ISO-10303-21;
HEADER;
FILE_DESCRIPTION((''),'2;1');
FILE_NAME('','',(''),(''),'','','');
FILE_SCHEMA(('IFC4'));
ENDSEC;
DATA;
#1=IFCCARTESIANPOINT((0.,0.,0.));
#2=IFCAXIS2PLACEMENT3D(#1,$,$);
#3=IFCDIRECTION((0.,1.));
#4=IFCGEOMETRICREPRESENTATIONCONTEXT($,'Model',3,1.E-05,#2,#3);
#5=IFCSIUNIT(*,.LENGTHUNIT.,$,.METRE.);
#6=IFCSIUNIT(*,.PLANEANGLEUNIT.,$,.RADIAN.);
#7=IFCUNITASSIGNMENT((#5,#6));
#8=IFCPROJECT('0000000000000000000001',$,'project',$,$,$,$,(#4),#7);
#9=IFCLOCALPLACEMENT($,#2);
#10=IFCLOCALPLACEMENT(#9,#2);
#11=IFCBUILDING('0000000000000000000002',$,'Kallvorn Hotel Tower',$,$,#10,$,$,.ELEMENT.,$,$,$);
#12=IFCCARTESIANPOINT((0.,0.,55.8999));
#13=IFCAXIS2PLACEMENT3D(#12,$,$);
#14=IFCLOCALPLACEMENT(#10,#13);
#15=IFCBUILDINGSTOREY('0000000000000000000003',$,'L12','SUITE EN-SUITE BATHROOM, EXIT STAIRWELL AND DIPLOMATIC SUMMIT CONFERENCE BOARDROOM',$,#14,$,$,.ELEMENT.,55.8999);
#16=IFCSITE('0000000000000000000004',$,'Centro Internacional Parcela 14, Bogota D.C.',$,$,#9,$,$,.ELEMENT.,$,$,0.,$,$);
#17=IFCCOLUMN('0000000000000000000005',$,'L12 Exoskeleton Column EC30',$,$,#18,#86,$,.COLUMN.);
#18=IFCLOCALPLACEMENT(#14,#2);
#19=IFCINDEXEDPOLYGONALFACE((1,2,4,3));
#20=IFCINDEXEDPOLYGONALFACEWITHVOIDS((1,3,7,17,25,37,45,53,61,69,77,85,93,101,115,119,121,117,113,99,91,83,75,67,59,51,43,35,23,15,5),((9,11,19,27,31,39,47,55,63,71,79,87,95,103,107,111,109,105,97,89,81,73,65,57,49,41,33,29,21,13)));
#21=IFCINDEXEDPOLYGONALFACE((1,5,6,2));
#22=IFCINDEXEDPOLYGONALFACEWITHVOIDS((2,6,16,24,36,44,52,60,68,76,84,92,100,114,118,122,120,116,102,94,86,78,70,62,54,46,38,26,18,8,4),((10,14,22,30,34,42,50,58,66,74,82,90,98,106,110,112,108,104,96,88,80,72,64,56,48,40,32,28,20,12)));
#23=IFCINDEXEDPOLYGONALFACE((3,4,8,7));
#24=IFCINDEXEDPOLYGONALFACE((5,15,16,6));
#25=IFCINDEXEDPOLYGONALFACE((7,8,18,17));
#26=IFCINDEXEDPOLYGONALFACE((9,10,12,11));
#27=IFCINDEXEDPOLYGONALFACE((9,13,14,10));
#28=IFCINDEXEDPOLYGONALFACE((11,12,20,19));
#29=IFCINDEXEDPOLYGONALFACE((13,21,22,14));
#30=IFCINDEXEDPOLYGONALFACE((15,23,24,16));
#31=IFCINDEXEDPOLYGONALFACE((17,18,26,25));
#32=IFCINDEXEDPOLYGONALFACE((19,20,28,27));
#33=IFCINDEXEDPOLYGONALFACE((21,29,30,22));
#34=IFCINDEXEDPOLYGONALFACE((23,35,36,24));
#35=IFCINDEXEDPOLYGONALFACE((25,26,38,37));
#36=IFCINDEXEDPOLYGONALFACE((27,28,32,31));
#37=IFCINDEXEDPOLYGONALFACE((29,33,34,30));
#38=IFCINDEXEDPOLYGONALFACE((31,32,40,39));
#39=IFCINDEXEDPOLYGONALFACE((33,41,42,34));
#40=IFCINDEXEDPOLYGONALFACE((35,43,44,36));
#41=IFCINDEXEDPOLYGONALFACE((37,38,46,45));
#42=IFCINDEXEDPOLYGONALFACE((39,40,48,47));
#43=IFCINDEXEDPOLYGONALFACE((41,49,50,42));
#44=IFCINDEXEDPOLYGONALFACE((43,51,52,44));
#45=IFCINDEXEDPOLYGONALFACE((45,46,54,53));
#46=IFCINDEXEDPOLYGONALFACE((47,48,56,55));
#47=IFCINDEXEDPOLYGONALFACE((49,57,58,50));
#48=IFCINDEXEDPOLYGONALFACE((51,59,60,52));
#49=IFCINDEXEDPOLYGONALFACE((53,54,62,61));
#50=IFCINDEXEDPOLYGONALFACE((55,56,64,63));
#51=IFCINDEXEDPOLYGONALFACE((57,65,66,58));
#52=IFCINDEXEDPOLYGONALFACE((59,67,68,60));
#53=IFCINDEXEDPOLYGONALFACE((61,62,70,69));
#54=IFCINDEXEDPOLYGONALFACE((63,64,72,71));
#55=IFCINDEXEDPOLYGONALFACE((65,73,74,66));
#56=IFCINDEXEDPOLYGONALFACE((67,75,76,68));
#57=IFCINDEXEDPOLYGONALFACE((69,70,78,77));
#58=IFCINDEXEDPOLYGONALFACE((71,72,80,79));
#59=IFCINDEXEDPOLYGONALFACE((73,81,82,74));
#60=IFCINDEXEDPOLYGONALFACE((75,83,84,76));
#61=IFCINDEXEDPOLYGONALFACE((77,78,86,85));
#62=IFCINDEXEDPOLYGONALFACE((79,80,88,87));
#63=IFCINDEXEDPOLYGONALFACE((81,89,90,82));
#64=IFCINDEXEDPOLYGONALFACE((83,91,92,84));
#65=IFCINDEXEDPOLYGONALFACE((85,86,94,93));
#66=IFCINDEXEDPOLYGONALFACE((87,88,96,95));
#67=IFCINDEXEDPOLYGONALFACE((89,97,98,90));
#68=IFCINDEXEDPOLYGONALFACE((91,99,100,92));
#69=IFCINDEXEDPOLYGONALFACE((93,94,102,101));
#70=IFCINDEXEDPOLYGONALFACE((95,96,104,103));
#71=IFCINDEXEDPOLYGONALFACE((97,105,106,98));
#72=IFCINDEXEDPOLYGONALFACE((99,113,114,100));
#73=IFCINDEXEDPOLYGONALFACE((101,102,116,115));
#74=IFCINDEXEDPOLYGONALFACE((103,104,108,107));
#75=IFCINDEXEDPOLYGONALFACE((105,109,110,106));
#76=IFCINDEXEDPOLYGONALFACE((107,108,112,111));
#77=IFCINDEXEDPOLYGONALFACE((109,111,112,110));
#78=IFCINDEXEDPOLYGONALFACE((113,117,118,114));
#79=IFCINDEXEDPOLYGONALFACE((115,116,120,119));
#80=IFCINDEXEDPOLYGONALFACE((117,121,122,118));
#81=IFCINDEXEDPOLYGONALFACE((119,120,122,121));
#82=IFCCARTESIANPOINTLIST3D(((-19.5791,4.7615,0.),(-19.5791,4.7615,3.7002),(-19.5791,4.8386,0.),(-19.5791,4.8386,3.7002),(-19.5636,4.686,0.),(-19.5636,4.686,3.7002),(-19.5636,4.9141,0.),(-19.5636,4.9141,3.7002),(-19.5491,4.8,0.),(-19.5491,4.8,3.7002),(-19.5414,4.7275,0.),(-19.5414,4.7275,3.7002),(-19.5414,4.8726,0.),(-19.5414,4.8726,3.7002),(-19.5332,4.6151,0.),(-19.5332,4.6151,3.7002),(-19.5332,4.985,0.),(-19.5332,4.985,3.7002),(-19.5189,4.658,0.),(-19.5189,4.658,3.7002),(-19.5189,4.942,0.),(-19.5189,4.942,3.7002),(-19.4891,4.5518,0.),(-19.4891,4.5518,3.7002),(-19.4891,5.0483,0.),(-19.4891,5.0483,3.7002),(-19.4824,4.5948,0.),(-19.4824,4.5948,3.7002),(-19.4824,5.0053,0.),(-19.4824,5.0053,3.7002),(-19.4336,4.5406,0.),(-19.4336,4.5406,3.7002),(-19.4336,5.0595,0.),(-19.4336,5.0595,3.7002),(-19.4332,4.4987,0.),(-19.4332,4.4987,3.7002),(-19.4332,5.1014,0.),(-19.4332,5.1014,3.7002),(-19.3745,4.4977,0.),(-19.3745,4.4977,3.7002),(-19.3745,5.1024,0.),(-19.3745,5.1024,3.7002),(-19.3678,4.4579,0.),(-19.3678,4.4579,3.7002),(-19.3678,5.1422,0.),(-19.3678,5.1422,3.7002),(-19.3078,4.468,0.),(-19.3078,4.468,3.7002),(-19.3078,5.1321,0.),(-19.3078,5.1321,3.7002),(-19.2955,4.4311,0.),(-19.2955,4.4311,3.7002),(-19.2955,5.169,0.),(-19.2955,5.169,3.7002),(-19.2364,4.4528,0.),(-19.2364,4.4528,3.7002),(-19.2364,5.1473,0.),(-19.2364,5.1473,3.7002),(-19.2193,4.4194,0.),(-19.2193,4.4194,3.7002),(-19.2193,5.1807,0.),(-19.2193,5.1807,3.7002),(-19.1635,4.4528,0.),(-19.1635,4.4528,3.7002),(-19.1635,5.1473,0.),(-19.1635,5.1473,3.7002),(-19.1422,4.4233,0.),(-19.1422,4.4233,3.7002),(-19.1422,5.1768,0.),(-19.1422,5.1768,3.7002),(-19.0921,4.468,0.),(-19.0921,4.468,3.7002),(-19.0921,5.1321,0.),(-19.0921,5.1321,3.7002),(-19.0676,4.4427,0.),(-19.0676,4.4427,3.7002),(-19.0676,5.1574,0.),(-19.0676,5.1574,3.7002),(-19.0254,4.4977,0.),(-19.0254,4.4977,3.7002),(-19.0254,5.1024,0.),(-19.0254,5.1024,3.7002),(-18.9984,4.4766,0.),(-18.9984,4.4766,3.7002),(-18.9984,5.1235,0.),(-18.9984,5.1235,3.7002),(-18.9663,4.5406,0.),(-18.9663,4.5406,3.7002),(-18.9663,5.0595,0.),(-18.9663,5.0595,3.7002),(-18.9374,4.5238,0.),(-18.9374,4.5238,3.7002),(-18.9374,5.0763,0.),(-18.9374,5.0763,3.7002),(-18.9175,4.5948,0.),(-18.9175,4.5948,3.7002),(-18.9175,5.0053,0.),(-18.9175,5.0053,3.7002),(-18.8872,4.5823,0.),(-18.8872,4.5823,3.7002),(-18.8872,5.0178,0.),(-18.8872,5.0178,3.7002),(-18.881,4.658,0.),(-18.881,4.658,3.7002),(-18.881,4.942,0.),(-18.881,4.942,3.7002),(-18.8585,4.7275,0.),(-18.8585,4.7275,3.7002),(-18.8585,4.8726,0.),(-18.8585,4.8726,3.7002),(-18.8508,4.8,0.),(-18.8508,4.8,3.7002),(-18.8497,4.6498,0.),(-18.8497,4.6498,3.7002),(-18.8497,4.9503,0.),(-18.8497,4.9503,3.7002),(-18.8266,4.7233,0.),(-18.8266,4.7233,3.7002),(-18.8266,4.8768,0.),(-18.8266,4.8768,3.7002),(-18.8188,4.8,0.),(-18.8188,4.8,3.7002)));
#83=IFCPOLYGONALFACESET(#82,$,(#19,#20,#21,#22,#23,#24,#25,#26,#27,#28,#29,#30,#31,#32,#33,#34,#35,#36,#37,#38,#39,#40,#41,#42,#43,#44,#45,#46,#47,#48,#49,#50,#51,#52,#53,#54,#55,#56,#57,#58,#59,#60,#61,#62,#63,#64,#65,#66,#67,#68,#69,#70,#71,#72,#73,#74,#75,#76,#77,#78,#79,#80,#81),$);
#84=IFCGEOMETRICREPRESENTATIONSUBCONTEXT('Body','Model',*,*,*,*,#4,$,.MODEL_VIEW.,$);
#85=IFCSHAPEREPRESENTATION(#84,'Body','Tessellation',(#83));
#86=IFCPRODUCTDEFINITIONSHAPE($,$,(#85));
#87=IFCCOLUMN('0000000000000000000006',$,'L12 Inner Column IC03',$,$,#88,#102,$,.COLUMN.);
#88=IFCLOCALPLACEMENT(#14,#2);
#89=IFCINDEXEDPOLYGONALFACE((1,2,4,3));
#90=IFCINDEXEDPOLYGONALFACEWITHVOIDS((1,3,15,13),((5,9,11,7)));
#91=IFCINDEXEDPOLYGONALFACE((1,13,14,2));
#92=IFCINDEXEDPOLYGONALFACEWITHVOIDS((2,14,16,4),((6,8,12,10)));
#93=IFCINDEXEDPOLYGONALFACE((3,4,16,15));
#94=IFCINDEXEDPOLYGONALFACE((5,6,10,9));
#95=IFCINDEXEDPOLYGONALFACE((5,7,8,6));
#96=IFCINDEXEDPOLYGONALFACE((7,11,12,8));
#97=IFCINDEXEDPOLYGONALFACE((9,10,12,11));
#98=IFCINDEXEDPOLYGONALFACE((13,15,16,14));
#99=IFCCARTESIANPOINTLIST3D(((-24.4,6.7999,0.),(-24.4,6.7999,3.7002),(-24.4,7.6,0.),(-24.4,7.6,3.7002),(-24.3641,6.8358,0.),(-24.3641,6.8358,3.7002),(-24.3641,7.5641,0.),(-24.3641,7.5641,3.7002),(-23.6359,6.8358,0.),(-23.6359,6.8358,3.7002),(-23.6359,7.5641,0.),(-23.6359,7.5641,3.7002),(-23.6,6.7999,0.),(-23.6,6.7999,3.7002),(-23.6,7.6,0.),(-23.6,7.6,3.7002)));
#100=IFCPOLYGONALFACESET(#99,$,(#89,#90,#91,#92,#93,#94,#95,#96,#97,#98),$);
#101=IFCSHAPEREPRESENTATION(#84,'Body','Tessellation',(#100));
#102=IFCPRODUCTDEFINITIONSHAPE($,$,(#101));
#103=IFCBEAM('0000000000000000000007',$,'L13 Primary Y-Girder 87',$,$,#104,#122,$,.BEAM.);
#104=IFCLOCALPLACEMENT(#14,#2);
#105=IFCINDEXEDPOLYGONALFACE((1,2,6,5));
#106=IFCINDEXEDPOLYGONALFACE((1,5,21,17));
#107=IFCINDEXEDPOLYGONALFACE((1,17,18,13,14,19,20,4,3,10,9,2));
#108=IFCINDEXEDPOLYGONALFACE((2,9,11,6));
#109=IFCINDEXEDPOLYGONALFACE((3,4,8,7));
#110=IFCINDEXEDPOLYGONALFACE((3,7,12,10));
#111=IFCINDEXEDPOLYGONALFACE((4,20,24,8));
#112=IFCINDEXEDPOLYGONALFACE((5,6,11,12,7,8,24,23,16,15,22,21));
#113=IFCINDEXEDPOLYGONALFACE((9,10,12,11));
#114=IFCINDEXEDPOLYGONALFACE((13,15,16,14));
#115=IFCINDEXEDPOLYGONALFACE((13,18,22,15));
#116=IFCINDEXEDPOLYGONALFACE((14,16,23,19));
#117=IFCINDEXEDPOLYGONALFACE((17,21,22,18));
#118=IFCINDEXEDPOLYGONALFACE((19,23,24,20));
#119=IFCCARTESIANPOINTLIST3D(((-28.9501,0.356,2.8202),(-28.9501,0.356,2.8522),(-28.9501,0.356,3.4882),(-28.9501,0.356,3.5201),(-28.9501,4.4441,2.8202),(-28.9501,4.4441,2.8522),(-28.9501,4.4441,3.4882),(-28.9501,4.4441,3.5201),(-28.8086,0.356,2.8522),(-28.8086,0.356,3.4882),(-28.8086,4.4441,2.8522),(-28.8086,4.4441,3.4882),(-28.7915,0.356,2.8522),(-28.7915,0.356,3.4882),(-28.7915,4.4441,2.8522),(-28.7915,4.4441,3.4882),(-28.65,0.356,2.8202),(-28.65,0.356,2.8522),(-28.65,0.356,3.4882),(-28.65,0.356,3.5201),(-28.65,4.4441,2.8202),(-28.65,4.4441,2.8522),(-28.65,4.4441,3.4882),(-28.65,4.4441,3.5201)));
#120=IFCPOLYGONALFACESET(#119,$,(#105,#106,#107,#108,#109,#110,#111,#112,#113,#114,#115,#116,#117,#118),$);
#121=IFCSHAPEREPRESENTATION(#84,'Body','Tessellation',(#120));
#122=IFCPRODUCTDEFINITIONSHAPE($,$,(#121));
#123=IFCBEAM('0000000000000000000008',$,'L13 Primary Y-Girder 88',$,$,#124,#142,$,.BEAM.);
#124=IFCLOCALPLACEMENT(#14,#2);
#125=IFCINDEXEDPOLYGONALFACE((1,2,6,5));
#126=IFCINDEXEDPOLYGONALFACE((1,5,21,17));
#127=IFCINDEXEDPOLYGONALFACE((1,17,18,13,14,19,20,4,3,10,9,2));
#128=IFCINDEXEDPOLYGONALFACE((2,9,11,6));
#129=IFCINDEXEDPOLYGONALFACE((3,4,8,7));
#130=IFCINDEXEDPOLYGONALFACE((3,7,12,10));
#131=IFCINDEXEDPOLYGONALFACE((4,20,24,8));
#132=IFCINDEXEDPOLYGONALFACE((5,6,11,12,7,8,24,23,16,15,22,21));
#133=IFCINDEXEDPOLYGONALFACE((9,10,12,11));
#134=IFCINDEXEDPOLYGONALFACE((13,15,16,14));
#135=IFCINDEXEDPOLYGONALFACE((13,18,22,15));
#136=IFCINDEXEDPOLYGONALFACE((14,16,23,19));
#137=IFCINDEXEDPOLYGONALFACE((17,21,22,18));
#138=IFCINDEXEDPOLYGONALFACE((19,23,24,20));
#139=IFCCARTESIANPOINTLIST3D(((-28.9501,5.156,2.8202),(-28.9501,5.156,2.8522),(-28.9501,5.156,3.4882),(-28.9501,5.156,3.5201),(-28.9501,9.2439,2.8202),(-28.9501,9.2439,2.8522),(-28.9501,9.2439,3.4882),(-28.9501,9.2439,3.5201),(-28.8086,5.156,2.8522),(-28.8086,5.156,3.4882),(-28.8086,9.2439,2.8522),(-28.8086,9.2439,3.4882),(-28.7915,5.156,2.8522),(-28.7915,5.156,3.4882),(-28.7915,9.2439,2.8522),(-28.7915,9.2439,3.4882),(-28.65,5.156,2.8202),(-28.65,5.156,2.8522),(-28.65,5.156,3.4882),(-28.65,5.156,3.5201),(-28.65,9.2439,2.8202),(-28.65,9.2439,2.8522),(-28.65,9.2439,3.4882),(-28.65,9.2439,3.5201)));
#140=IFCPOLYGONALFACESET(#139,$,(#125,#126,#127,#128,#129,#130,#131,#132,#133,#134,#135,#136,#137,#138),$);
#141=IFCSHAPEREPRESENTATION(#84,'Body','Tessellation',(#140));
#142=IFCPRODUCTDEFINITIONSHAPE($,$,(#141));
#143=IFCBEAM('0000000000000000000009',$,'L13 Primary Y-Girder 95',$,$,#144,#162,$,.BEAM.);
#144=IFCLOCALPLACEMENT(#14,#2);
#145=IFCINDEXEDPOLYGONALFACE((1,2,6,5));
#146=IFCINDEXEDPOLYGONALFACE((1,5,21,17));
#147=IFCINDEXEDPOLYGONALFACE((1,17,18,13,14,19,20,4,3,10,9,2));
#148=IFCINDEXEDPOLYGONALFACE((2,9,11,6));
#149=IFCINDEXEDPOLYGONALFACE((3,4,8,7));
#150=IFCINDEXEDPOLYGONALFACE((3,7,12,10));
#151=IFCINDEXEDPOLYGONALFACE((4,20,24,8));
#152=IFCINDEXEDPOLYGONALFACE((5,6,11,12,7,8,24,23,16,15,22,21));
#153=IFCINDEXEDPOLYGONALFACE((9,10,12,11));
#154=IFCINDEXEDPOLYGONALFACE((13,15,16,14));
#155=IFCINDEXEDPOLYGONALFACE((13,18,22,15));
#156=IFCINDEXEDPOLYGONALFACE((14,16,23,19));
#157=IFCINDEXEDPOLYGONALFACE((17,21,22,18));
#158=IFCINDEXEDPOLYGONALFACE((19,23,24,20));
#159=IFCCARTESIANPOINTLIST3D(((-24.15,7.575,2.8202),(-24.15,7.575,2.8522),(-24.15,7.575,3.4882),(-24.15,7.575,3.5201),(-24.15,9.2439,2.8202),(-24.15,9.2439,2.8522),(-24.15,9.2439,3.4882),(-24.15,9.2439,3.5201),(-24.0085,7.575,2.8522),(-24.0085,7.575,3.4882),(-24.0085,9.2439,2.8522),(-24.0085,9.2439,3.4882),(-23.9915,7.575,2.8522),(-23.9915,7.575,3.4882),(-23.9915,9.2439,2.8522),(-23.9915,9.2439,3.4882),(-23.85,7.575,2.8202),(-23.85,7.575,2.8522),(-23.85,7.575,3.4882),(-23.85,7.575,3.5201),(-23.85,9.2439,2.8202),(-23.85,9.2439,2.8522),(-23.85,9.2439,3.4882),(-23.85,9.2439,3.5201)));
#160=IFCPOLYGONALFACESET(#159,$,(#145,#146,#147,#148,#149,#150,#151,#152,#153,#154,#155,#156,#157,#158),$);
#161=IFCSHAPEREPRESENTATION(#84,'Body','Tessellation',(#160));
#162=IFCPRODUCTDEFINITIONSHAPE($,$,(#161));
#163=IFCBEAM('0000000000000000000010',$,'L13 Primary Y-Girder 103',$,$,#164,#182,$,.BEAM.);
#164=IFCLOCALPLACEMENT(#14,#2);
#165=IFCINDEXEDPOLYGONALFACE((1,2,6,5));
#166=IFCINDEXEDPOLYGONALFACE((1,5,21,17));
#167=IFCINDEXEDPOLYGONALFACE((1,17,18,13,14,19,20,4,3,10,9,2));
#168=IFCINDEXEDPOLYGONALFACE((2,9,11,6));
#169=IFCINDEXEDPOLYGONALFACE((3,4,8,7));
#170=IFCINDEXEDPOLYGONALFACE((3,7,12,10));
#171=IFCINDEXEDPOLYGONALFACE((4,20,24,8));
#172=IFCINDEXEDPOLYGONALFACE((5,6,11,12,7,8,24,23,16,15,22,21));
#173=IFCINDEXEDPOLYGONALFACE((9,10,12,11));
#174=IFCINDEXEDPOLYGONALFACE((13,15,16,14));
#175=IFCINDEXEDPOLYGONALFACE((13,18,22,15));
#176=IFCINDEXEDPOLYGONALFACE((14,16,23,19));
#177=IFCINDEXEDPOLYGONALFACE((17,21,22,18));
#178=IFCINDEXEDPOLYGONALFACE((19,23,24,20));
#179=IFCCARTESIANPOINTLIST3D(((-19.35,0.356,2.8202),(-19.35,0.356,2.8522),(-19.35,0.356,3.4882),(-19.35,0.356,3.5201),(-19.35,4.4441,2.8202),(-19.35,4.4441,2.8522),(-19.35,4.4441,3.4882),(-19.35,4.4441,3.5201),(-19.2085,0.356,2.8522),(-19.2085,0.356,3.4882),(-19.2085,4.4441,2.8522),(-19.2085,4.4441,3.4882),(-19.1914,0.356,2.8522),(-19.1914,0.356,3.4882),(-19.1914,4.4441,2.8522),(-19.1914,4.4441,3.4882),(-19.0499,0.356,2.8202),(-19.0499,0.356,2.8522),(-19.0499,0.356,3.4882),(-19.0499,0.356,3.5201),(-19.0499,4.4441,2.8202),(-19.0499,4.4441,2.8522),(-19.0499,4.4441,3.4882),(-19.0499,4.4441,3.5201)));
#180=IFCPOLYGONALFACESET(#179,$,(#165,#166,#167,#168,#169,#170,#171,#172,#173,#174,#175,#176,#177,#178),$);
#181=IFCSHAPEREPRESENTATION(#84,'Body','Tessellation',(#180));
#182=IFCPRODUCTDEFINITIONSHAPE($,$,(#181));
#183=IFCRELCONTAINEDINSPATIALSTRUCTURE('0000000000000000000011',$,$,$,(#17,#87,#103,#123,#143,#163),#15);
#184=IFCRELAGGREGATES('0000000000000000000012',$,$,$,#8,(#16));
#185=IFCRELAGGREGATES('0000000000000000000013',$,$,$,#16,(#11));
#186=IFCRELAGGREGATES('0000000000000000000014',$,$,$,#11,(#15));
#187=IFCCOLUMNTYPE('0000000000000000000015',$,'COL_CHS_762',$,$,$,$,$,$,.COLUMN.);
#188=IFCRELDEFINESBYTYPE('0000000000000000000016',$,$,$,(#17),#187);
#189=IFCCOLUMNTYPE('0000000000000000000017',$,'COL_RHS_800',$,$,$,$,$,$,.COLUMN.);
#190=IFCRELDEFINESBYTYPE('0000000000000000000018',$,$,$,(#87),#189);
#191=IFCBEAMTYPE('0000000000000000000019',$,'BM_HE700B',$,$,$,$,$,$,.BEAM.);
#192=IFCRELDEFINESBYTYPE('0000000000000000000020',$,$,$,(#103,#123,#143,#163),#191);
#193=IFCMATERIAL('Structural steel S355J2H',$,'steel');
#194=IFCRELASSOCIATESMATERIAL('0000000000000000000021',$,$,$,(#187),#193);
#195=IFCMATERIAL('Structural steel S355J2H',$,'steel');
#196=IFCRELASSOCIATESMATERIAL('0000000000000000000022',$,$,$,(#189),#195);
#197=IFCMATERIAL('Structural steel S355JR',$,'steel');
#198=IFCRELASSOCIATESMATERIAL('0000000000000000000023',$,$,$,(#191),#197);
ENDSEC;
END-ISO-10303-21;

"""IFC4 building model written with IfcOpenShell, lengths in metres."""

from ifc_helpers import new_model, si_unit, direction, frame, origin, origin_2d, place, context, subcontext, project, spatial, hollow_rectangle, hollow_circle, i_section, extrude, material, material_profile, profile_set, type_object, element, save


model = new_model("IFC4")

# Units and contexts
model_context = context("Model", 3, precision=1e-05, world=origin(), true_north=direction((0.0, 1.0)))
body_context = subcontext(model_context, "Body", "Model", "MODEL_VIEW")
ifc_project = project(units=[si_unit("LENGTHUNIT", "METRE"), si_unit("PLANEANGLEUNIT", "RADIAN")], contexts=[model_context])

# Site, building, storey
site_placement = place(None, origin())
site = spatial("IfcSite", under=ifc_project, at=site_placement, Name="Centro Internacional Parcela 14, Bogota D.C.", CompositionType="ELEMENT", RefElevation=0.0)
building_placement = place(site_placement, origin())
building = spatial("IfcBuilding", under=site, at=building_placement, Name="Kallvorn Hotel Tower", CompositionType="ELEMENT")
storey_placement = place(building_placement, frame((0.0, 0.0, 55.8999)))
storey = spatial("IfcBuildingStorey", under=building, at=storey_placement, Name="L12", Description="SUITE EN-SUITE BATHROOM, EXIT STAIRWELL AND DIPLOMATIC SUMMIT CONFERENCE BOARDROOM", CompositionType="ELEMENT", Elevation=55.8999)

# Columns
ifc_material_1 = material(Name="Structural steel S355J2H", Category="steel")
ifc_material_profile_1 = material_profile(ifc_material_1, hollow_circle(Radius=0.3811, WallThickness=0.032, at=origin_2d()), Name="CHS 762x32")
ifc_profile_set_1 = profile_set([ifc_material_profile_1], Name="Structural steel S355J2H")
column_type_1 = type_object("IfcColumnType", Name="COL_CHS_762", PredefinedType="COLUMN", material=ifc_profile_set_1)
for number, where, z_axis, x_axis, name in (
    (1, (-19.2, 4.8, 0.0), (0.0, 0.0, 1.0), (1.0, 0.0, 0.0), "L12 Exoskeleton Column EC30"),
):
    element("IfcColumn", number, at=place(storey_placement, frame(where, z_axis=z_axis, x_axis=x_axis)), inside=storey, type_object=column_type_1, Name=name, PredefinedType="COLUMN", context=body_context, shape_type="SweptSolid", body=[
        extrude(hollow_circle(Radius=0.3811, WallThickness=0.032, at=origin_2d()), origin(), (0.0, 0.0, 1.0), 3.7002),
    ])
ifc_material_2 = material(Name="Structural steel S355J2H", Category="steel")
ifc_material_profile_2 = material_profile(ifc_material_2, hollow_rectangle(XDim=0.8, YDim=0.8, WallThickness=0.0359, at=origin_2d()), Name="RHS 800x800x36")
ifc_profile_set_2 = profile_set([ifc_material_profile_2], Name="Structural steel S355J2H")
column_type_2 = type_object("IfcColumnType", Name="COL_RHS_800", PredefinedType="COLUMN", material=ifc_profile_set_2)
column_placement = place(storey_placement, frame((-24.0, 7.2, 0.0), z_axis=(0.0, 0.0, 1.0), x_axis=(1.0, 0.0, 0.0)))
element("IfcColumn", 2, at=column_placement, inside=storey, type_object=column_type_2, Name="L12 Inner Column IC03", PredefinedType="COLUMN", context=body_context, shape_type="SweptSolid", body=[
    extrude(hollow_rectangle(XDim=0.8, YDim=0.8, WallThickness=0.0359, at=origin_2d()), origin(), (0.0, 0.0, 1.0), 3.7002),
])

# Beams
ifc_material_3 = material(Name="Structural steel S355JR", Category="steel")
ifc_material_profile_3 = material_profile(ifc_material_3, i_section(OverallWidth=0.3, OverallDepth=0.7, WebThickness=0.0171, FlangeThickness=0.032, at=origin_2d()), Name="HE 700 B")
ifc_profile_set_3 = profile_set([ifc_material_profile_3], Name="Structural steel S355JR")
beam_type_1 = type_object("IfcBeamType", Name="BM_HE700B", PredefinedType="BEAM", material=ifc_profile_set_3)
beam_1_placement = place(storey_placement, frame((-28.8, 0.356, 3.1702), z_axis=(0.0, 1.0, 0.0), x_axis=(-1.0, 0.0, 0.0)))
element("IfcBeam", 3, at=beam_1_placement, inside=storey, type_object=beam_type_1, Name="L13 Primary Y-Girder 87", PredefinedType="BEAM", context=body_context, shape_type="SweptSolid", body=[
    extrude(i_section(OverallWidth=0.3, OverallDepth=0.7, WebThickness=0.0171, FlangeThickness=0.032, at=origin_2d()), origin(), (0.0, 0.0, 1.0), 4.0881),
])
beam_2_placement = place(storey_placement, frame((-28.8, 5.156, 3.1702), z_axis=(0.0, 1.0, 0.0), x_axis=(-1.0, 0.0, 0.0)))
element("IfcBeam", 4, at=beam_2_placement, inside=storey, type_object=beam_type_1, Name="L13 Primary Y-Girder 88", PredefinedType="BEAM", context=body_context, shape_type="SweptSolid", body=[
    extrude(i_section(OverallWidth=0.3, OverallDepth=0.7, WebThickness=0.0171, FlangeThickness=0.032, at=origin_2d()), origin(), (0.0, 0.0, 1.0), 4.0879),
])
beam_3_placement = place(storey_placement, frame((-24.0, 7.575, 3.1702), z_axis=(0.0, 1.0, 0.0), x_axis=(-1.0, 0.0, 0.0)))
element("IfcBeam", 5, at=beam_3_placement, inside=storey, type_object=beam_type_1, Name="L13 Primary Y-Girder 95", PredefinedType="BEAM", context=body_context, shape_type="SweptSolid", body=[
    extrude(i_section(OverallWidth=0.3, OverallDepth=0.7, WebThickness=0.0171, FlangeThickness=0.032, at=origin_2d()), origin(), (0.0, 0.0, 1.0), 1.6689),
])
beam_4_placement = place(storey_placement, frame((-19.2, 0.356, 3.1702), z_axis=(0.0, 1.0, 0.0), x_axis=(-1.0, 0.0, 0.0)))
element("IfcBeam", 6, at=beam_4_placement, inside=storey, type_object=beam_type_1, Name="L13 Primary Y-Girder 103", PredefinedType="BEAM", context=body_context, shape_type="SweptSolid", body=[
    extrude(i_section(OverallWidth=0.3, OverallDepth=0.7, WebThickness=0.0171, FlangeThickness=0.032, at=origin_2d()), origin(), (0.0, 0.0, 1.0), 4.0881),
])

save(model, "model.ifc")
